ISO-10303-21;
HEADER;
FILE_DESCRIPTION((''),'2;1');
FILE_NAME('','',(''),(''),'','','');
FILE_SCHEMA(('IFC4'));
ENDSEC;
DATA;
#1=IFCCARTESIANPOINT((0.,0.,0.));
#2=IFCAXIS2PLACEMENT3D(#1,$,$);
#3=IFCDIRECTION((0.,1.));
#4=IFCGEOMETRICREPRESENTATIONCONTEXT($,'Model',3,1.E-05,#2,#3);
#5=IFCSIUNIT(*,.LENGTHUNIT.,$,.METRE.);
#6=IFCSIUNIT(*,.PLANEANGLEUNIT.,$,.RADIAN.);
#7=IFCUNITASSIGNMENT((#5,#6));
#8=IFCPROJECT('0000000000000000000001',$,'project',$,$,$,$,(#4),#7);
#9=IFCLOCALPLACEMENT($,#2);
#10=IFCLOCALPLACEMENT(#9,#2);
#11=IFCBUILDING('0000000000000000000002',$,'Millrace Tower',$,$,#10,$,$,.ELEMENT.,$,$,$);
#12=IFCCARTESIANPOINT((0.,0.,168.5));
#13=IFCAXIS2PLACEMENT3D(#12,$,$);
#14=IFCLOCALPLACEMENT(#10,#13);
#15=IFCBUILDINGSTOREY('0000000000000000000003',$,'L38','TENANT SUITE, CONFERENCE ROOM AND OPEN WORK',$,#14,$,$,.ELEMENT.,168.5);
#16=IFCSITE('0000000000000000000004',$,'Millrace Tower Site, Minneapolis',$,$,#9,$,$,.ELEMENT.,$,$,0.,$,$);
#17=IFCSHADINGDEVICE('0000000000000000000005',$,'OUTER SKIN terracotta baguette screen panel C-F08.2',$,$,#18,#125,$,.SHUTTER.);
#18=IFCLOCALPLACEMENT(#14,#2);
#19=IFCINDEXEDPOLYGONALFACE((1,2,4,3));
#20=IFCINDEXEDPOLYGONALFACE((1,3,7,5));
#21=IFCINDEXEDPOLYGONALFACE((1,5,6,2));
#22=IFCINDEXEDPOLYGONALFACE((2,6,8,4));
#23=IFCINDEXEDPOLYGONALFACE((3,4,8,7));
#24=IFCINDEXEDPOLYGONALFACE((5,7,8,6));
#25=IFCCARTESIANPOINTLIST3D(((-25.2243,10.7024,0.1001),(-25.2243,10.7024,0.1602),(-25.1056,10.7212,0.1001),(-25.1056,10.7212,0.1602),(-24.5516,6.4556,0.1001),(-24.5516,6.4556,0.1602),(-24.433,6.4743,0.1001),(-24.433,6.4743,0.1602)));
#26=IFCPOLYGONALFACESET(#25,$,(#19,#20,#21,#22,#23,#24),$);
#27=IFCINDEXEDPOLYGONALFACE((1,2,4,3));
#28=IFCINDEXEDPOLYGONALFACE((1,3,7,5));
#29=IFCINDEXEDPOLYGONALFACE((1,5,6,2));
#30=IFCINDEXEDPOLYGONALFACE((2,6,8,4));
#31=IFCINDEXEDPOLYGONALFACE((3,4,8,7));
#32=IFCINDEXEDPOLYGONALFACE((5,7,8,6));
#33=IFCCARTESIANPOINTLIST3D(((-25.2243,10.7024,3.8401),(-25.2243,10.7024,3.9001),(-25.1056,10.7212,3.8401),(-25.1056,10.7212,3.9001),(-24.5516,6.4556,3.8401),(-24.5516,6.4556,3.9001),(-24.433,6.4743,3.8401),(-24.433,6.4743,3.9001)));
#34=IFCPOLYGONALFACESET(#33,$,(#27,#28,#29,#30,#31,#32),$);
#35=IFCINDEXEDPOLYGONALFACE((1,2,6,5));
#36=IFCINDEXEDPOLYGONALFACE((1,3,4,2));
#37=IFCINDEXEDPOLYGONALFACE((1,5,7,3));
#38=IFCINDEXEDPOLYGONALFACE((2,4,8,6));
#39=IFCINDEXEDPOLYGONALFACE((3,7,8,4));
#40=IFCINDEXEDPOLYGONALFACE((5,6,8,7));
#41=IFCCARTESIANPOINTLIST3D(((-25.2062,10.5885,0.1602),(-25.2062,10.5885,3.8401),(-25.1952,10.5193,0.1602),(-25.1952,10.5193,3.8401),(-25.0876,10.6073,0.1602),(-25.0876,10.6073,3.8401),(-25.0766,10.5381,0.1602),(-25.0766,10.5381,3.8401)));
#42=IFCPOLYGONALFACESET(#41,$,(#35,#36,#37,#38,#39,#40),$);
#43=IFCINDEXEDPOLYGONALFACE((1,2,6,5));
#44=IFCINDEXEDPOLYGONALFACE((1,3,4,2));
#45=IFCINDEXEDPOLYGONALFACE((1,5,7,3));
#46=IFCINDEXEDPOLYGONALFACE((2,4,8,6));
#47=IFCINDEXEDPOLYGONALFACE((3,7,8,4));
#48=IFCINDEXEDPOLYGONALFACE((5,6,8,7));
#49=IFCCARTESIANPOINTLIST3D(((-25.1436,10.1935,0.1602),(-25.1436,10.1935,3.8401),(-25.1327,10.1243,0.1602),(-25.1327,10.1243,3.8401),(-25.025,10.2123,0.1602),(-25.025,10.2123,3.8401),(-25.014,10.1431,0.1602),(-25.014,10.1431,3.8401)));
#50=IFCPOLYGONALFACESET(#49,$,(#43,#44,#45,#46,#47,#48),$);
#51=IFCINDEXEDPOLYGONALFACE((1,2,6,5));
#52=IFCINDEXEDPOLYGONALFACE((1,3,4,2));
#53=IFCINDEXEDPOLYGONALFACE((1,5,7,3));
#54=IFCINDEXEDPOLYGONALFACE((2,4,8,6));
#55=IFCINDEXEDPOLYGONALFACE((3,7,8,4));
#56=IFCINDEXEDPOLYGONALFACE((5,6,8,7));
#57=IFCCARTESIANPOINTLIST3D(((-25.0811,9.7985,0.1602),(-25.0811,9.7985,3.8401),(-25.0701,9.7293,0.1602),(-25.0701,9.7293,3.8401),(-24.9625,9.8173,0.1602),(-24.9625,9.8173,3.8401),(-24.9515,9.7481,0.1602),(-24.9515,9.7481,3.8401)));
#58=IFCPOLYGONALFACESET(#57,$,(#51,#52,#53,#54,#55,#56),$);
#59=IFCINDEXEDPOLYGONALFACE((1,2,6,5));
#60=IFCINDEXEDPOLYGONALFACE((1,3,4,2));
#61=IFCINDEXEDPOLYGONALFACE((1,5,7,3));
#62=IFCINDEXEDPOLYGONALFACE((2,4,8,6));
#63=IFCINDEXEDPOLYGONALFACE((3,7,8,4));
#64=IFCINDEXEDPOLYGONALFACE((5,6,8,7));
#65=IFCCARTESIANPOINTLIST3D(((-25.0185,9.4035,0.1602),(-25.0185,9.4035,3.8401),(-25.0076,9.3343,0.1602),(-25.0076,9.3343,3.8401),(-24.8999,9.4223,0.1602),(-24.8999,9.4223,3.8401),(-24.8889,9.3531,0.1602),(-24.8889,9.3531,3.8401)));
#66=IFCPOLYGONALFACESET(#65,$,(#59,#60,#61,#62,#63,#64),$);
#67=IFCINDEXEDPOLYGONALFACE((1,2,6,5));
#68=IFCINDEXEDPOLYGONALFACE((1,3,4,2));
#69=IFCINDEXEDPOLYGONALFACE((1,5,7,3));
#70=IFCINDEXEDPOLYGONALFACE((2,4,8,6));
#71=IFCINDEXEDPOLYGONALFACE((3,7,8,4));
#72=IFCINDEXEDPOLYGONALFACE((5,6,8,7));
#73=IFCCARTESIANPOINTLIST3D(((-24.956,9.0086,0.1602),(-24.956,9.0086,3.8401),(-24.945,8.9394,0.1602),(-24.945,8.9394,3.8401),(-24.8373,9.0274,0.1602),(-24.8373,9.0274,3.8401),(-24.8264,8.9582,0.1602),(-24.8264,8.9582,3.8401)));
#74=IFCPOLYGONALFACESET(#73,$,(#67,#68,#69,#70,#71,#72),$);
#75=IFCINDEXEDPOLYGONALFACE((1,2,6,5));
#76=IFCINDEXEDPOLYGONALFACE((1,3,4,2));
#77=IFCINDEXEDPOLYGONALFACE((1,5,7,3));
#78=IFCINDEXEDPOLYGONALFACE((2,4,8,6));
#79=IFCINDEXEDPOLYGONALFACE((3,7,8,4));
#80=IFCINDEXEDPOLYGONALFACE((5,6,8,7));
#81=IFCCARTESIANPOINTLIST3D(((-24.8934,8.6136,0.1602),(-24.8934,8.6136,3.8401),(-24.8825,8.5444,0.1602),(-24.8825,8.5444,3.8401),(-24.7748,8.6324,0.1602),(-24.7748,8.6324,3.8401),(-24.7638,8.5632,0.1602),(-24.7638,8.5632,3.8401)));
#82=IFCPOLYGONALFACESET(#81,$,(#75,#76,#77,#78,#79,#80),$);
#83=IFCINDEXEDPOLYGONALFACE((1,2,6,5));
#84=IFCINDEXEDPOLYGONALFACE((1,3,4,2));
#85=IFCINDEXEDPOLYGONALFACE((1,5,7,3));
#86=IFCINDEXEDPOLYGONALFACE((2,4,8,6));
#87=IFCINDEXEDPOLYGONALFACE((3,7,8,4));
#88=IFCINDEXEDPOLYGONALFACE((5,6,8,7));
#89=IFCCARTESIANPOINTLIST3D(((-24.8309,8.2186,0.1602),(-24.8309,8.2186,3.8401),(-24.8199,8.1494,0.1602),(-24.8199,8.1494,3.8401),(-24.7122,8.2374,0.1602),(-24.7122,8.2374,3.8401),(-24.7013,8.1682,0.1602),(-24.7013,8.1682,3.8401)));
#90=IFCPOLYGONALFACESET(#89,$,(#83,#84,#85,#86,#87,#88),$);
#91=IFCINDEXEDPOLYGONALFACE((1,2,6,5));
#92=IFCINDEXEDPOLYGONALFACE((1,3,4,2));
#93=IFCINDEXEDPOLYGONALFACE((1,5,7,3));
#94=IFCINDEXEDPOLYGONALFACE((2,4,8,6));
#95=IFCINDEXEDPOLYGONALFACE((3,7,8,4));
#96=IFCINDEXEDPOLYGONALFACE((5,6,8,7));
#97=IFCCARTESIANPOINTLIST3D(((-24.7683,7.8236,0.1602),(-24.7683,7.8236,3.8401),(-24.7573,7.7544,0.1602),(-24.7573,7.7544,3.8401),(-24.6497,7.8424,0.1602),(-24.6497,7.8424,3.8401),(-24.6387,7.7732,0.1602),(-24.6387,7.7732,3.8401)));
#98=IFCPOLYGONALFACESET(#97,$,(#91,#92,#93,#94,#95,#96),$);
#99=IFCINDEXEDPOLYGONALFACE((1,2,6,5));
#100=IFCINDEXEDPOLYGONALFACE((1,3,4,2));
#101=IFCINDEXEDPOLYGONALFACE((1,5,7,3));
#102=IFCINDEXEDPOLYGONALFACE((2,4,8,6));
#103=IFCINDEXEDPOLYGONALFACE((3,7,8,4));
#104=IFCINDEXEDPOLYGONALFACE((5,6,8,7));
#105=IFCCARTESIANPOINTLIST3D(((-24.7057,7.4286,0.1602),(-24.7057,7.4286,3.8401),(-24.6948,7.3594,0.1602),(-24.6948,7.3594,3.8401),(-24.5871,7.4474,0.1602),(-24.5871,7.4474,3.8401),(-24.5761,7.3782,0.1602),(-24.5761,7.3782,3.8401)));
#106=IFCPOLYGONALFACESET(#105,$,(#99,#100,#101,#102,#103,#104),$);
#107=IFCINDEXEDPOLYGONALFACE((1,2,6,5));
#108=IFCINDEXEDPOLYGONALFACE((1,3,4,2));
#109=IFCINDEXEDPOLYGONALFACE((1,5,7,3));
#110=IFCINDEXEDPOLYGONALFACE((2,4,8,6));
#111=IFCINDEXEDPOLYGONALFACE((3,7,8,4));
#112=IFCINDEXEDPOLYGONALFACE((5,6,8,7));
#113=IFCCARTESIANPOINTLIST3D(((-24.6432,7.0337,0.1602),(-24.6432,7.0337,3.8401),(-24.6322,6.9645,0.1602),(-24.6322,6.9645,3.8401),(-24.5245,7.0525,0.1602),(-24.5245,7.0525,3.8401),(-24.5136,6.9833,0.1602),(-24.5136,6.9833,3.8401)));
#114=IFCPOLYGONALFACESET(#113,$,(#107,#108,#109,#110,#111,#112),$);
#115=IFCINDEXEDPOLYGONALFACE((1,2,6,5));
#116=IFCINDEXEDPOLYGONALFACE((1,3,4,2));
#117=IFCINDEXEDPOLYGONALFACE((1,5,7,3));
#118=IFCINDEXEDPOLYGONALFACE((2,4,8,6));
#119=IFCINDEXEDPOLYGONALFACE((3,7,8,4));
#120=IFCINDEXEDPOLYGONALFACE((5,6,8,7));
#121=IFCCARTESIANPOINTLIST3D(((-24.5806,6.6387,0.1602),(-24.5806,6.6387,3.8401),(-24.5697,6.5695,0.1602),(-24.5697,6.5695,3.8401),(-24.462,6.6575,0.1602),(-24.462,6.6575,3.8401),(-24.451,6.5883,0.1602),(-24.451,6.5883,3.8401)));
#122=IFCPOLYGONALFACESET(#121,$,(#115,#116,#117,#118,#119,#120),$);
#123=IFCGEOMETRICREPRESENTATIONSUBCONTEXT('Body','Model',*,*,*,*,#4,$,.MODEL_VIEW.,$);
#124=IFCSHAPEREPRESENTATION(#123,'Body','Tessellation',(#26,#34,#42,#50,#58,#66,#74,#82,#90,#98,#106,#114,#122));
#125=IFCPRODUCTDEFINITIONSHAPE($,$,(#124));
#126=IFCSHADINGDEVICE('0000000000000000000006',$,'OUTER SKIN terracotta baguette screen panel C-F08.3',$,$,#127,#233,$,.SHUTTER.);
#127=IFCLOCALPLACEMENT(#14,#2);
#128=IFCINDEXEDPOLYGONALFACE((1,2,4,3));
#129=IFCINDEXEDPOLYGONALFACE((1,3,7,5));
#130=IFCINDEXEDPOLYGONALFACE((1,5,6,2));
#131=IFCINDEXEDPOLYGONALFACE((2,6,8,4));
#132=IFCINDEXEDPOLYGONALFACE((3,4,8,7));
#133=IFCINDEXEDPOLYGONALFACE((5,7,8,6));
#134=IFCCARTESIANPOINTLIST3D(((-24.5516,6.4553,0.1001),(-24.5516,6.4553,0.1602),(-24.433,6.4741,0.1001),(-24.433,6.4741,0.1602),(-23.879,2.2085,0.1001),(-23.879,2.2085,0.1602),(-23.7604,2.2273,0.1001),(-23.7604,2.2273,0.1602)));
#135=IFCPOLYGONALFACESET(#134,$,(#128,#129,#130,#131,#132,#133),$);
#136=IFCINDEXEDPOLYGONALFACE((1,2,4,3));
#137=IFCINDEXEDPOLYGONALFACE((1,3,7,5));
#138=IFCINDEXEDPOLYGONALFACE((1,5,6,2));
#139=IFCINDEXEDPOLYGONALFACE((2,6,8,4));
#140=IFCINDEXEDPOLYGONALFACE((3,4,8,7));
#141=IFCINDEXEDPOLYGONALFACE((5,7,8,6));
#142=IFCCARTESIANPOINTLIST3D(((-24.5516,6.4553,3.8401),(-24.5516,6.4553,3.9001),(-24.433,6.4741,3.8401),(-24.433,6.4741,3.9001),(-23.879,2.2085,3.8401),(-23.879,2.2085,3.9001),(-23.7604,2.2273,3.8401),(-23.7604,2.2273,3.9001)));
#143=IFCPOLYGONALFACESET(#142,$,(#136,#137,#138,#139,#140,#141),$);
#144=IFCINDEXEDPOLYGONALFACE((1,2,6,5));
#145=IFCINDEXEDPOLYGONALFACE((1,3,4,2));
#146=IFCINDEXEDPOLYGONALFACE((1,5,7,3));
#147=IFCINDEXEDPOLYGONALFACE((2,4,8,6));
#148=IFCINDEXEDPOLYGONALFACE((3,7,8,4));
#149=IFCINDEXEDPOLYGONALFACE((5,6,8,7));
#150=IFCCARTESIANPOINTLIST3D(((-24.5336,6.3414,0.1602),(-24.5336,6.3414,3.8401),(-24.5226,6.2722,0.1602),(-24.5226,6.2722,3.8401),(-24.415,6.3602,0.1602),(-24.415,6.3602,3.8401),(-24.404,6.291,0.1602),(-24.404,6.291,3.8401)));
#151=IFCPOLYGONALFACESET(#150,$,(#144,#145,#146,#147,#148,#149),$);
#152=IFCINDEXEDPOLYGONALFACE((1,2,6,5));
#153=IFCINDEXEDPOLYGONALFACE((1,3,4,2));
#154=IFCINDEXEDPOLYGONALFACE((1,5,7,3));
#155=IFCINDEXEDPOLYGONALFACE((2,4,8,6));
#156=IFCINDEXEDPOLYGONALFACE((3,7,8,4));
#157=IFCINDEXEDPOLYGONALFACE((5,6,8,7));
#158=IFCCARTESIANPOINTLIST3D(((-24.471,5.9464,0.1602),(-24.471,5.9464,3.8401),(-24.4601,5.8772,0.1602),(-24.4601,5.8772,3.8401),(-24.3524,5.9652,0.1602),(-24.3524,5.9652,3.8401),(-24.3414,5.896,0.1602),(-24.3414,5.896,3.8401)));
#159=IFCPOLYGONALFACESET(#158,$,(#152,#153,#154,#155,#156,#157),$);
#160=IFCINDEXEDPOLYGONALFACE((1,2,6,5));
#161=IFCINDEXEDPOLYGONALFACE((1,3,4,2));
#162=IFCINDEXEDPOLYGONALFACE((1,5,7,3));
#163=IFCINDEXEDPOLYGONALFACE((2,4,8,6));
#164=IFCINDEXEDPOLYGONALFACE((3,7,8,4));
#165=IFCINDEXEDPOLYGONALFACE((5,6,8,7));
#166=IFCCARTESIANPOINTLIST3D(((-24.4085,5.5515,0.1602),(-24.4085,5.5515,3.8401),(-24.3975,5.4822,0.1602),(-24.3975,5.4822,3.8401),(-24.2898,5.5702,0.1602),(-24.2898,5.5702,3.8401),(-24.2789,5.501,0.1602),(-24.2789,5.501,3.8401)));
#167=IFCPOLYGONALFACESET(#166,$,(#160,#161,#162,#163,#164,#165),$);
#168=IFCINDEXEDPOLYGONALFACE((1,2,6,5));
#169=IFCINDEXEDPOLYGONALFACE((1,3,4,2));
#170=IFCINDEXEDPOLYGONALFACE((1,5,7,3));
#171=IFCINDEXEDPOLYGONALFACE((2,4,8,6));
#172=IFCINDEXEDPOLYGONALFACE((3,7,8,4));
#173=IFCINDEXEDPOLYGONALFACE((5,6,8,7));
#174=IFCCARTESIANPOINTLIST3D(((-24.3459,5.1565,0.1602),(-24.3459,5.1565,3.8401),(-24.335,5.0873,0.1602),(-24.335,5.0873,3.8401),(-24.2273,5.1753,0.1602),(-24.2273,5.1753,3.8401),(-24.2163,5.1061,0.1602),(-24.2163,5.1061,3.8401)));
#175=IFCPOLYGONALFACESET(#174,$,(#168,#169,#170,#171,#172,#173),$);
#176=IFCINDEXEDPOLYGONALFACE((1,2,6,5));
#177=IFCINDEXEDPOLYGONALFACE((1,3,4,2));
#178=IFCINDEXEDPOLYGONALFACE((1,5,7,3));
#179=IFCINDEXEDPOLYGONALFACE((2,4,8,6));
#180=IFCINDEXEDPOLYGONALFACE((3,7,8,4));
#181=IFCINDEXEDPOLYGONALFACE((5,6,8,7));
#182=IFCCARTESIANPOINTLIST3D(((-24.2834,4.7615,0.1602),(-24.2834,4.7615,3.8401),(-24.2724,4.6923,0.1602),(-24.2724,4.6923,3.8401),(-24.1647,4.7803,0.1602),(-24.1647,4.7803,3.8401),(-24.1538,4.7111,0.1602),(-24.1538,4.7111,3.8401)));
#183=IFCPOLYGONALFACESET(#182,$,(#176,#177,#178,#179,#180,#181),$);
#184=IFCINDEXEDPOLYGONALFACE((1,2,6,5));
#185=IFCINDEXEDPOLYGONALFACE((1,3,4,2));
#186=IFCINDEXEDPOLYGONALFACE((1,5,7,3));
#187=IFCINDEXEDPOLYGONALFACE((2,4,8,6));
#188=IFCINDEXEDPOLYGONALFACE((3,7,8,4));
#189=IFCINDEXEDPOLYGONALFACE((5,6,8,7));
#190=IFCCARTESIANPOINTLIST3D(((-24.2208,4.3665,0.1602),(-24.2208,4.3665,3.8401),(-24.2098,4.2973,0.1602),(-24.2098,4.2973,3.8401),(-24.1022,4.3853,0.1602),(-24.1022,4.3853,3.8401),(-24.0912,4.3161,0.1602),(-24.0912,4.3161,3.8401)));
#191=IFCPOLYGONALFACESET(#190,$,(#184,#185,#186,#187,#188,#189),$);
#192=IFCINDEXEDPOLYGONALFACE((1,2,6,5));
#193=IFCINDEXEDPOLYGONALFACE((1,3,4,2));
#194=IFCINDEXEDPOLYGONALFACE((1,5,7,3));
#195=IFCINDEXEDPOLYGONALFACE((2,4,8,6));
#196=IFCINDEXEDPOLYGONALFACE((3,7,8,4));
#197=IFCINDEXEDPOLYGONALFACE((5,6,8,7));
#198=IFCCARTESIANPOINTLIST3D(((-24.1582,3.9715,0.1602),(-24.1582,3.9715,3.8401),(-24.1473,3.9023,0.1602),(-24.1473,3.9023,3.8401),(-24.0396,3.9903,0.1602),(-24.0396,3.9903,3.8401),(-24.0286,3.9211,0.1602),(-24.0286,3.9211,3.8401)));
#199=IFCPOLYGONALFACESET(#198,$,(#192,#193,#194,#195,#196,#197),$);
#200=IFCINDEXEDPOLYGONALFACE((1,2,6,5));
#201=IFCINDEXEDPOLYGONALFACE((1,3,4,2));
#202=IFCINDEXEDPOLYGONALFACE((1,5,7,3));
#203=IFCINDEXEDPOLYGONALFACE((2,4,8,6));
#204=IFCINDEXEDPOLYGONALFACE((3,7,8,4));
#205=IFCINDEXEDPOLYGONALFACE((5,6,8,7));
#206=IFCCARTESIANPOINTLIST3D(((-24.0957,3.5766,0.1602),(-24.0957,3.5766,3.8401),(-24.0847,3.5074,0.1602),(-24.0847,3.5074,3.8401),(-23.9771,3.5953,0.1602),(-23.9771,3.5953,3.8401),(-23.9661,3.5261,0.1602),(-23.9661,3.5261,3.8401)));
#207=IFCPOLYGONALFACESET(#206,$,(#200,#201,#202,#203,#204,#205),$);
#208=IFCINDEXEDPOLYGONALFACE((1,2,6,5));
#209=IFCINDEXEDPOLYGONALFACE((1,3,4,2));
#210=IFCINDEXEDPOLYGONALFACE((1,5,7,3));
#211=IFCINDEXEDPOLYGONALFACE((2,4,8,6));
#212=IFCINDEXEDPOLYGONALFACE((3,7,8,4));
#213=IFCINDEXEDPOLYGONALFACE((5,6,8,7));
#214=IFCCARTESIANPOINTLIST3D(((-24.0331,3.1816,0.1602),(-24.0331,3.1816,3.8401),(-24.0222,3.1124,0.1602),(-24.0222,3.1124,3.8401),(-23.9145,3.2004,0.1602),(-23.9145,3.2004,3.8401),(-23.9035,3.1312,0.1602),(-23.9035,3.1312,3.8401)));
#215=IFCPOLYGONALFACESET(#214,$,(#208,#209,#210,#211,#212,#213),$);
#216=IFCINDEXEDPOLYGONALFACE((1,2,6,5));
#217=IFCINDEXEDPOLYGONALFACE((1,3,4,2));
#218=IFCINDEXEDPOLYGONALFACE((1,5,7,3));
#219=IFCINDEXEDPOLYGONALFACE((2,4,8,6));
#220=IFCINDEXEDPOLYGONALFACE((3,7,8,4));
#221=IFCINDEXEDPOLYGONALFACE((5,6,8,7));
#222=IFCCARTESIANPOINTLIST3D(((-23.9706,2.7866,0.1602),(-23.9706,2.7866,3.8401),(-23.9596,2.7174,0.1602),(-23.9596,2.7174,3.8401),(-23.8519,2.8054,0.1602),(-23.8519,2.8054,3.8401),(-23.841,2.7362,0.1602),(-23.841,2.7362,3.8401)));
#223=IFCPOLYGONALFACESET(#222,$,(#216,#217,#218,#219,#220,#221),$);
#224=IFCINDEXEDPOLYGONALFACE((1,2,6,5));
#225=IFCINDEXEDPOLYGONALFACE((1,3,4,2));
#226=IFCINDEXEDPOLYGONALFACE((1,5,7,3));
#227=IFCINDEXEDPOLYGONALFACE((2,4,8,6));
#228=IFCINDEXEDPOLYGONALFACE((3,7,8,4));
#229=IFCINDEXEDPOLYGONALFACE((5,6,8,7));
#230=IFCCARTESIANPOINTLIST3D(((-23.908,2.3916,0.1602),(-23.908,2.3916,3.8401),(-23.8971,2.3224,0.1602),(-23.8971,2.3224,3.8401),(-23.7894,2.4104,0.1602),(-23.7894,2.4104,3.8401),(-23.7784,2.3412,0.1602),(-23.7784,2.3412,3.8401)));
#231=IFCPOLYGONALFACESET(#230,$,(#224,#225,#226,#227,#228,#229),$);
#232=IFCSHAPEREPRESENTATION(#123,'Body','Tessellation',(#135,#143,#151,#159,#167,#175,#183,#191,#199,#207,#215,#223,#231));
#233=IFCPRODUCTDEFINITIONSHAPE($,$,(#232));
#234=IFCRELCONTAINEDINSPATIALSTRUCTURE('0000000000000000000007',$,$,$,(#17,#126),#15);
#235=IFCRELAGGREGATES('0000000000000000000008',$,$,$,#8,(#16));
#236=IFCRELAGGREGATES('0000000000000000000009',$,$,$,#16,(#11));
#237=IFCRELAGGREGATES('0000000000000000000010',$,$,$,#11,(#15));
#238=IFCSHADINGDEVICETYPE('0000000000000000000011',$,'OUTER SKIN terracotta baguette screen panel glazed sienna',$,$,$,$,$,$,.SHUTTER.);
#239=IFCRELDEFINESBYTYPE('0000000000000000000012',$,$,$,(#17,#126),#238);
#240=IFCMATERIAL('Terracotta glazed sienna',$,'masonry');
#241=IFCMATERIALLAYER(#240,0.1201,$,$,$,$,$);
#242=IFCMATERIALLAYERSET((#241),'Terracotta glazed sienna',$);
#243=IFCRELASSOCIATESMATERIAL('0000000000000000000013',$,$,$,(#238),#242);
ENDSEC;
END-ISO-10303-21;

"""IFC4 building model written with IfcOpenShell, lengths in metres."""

from ifc_helpers import new_model, entity, si_unit, direction, frame, frame_2d, origin, origin_2d, place, context, subcontext, project, spatial, rectangle, extrude, source, transform, mapped, material, layer, layer_set, type_object, element, save


model = new_model("IFC4")

# Units and contexts
model_context = context("Model", 3, precision=1e-05, world=origin(), true_north=direction((0.0, 1.0)))
body_context = subcontext(model_context, "Body", "Model", "MODEL_VIEW")
ifc_project = project(units=[si_unit("LENGTHUNIT", "METRE"), si_unit("PLANEANGLEUNIT", "RADIAN")], contexts=[model_context])

# Site, building, storey
site_placement = place(None, origin())
site = spatial("IfcSite", under=ifc_project, at=site_placement, Name="Millrace Tower Site, Minneapolis", CompositionType="ELEMENT", RefElevation=0.0)
building_placement = place(site_placement, origin())
building = spatial("IfcBuilding", under=site, at=building_placement, Name="Millrace Tower", CompositionType="ELEMENT")
storey_placement = place(building_placement, frame((0.0, 0.0, 168.5)))
storey = spatial("IfcBuildingStorey", under=building, at=storey_placement, Name="L38", Description="TENANT SUITE, CONFERENCE ROOM AND OPEN WORK", CompositionType="ELEMENT", Elevation=168.5)

# Shading devices
ifc_material_1 = material(Name="Terracotta glazed sienna", Category="masonry")
ifc_layer_1 = layer(ifc_material_1, 0.1201)
ifc_layer_set_1 = layer_set([ifc_layer_1], Name="Terracotta glazed sienna")
shading_device_type = type_object("IfcShadingDeviceType", Name="OUTER SKIN terracotta baguette screen panel glazed sienna", PredefinedType="SHUTTER", material=ifc_layer_set_1)
cartesian_point = entity("IfcCartesianPoint", [-2.1499, 0.0601])
shared_polyline = entity("IfcPolyline", [cartesian_point, entity("IfcCartesianPoint", [2.1499, 0.0601]), entity("IfcCartesianPoint", [2.1499, -0.0601]), entity("IfcCartesianPoint", [-2.1499, -0.0601]), cartesian_point])
shared_shape = source(origin(), body_context, "Body", "SweptSolid", [
    entity("IfcExtrudedAreaSolid", entity("IfcArbitraryClosedProfileDef", "AREA", None, shared_polyline), entity("IfcAxis2Placement3D", entity("IfcCartesianPoint", [0.0, 0.0, 0.0])), entity("IfcDirection", [0.0, 0.0, 1.0]), 0.0601),
    entity("IfcExtrudedAreaSolid", entity("IfcArbitraryClosedProfileDef", "AREA", None, shared_polyline), entity("IfcAxis2Placement3D", entity("IfcCartesianPoint", [0.0, 0.0, 3.74])), entity("IfcDirection", [0.0, 0.0, 1.0]), 0.0601),
    extrude(rectangle(XDim=0.0701, YDim=0.1201, at=frame_2d((-1.9995, 0.0))), frame((0.0, 0.0, 0.0601)), (0.0, 0.0, 1.0), 3.6799),
    extrude(rectangle(XDim=0.0701, YDim=0.1201, at=frame_2d((-1.5996, 0.0))), frame((0.0, 0.0, 0.0601)), (0.0, 0.0, 1.0), 3.6799),
    extrude(rectangle(XDim=0.0701, YDim=0.1201, at=frame_2d((-1.1997, 0.0))), frame((0.0, 0.0, 0.0601)), (0.0, 0.0, 1.0), 3.6799),
    extrude(rectangle(XDim=0.0701, YDim=0.1201, at=frame_2d((-0.7998, 0.0))), frame((0.0, 0.0, 0.0601)), (0.0, 0.0, 1.0), 3.6799),
    extrude(rectangle(XDim=0.0701, YDim=0.1201, at=frame_2d((-0.3999, 0.0))), frame((0.0, 0.0, 0.0601)), (0.0, 0.0, 1.0), 3.6799),
    extrude(rectangle(XDim=0.0701, YDim=0.1201, at=origin_2d()), frame((0.0, 0.0, 0.0601)), (0.0, 0.0, 1.0), 3.6799),
    extrude(rectangle(XDim=0.0701, YDim=0.1201, at=frame_2d((0.3999, 0.0))), frame((0.0, 0.0, 0.0601)), (0.0, 0.0, 1.0), 3.6799),
    extrude(rectangle(XDim=0.0701, YDim=0.1201, at=frame_2d((0.7998, 0.0))), frame((0.0, 0.0, 0.0601)), (0.0, 0.0, 1.0), 3.6799),
    extrude(rectangle(XDim=0.0701, YDim=0.1201, at=frame_2d((1.1997, 0.0))), frame((0.0, 0.0, 0.0601)), (0.0, 0.0, 1.0), 3.6799),
    extrude(rectangle(XDim=0.0701, YDim=0.1201, at=frame_2d((1.5996, 0.0))), frame((0.0, 0.0, 0.0601)), (0.0, 0.0, 1.0), 3.6799),
    extrude(rectangle(XDim=0.0701, YDim=0.1201, at=frame_2d((1.9995, 0.0))), frame((0.0, 0.0, 0.0601)), (0.0, 0.0, 1.0), 3.6799),
])
for number, where, z_axis, x_axis, name in (
    (1, (-24.8286, 8.5884, 0.1001), (0.0, 0.0, 1.0), (0.156434, -0.987688, 0.0), "OUTER SKIN terracotta baguette screen panel C-F08.2"),
    (2, (-24.156, 4.3413, 0.1001), (0.0, 0.0, 1.0), (0.156434, -0.987688, 0.0), "OUTER SKIN terracotta baguette screen panel C-F08.3"),
):
    element("IfcShadingDevice", number, at=place(storey_placement, frame(where, z_axis=z_axis, x_axis=x_axis)), inside=storey, type_object=shading_device_type, Name=name, PredefinedType="SHUTTER", context=body_context, shape_type="MappedRepresentation", body=[
        mapped(shared_shape, transform((0.0, 0.0, 0.0), scale=1.0)),
    ])

save(model, "model.ifc")
